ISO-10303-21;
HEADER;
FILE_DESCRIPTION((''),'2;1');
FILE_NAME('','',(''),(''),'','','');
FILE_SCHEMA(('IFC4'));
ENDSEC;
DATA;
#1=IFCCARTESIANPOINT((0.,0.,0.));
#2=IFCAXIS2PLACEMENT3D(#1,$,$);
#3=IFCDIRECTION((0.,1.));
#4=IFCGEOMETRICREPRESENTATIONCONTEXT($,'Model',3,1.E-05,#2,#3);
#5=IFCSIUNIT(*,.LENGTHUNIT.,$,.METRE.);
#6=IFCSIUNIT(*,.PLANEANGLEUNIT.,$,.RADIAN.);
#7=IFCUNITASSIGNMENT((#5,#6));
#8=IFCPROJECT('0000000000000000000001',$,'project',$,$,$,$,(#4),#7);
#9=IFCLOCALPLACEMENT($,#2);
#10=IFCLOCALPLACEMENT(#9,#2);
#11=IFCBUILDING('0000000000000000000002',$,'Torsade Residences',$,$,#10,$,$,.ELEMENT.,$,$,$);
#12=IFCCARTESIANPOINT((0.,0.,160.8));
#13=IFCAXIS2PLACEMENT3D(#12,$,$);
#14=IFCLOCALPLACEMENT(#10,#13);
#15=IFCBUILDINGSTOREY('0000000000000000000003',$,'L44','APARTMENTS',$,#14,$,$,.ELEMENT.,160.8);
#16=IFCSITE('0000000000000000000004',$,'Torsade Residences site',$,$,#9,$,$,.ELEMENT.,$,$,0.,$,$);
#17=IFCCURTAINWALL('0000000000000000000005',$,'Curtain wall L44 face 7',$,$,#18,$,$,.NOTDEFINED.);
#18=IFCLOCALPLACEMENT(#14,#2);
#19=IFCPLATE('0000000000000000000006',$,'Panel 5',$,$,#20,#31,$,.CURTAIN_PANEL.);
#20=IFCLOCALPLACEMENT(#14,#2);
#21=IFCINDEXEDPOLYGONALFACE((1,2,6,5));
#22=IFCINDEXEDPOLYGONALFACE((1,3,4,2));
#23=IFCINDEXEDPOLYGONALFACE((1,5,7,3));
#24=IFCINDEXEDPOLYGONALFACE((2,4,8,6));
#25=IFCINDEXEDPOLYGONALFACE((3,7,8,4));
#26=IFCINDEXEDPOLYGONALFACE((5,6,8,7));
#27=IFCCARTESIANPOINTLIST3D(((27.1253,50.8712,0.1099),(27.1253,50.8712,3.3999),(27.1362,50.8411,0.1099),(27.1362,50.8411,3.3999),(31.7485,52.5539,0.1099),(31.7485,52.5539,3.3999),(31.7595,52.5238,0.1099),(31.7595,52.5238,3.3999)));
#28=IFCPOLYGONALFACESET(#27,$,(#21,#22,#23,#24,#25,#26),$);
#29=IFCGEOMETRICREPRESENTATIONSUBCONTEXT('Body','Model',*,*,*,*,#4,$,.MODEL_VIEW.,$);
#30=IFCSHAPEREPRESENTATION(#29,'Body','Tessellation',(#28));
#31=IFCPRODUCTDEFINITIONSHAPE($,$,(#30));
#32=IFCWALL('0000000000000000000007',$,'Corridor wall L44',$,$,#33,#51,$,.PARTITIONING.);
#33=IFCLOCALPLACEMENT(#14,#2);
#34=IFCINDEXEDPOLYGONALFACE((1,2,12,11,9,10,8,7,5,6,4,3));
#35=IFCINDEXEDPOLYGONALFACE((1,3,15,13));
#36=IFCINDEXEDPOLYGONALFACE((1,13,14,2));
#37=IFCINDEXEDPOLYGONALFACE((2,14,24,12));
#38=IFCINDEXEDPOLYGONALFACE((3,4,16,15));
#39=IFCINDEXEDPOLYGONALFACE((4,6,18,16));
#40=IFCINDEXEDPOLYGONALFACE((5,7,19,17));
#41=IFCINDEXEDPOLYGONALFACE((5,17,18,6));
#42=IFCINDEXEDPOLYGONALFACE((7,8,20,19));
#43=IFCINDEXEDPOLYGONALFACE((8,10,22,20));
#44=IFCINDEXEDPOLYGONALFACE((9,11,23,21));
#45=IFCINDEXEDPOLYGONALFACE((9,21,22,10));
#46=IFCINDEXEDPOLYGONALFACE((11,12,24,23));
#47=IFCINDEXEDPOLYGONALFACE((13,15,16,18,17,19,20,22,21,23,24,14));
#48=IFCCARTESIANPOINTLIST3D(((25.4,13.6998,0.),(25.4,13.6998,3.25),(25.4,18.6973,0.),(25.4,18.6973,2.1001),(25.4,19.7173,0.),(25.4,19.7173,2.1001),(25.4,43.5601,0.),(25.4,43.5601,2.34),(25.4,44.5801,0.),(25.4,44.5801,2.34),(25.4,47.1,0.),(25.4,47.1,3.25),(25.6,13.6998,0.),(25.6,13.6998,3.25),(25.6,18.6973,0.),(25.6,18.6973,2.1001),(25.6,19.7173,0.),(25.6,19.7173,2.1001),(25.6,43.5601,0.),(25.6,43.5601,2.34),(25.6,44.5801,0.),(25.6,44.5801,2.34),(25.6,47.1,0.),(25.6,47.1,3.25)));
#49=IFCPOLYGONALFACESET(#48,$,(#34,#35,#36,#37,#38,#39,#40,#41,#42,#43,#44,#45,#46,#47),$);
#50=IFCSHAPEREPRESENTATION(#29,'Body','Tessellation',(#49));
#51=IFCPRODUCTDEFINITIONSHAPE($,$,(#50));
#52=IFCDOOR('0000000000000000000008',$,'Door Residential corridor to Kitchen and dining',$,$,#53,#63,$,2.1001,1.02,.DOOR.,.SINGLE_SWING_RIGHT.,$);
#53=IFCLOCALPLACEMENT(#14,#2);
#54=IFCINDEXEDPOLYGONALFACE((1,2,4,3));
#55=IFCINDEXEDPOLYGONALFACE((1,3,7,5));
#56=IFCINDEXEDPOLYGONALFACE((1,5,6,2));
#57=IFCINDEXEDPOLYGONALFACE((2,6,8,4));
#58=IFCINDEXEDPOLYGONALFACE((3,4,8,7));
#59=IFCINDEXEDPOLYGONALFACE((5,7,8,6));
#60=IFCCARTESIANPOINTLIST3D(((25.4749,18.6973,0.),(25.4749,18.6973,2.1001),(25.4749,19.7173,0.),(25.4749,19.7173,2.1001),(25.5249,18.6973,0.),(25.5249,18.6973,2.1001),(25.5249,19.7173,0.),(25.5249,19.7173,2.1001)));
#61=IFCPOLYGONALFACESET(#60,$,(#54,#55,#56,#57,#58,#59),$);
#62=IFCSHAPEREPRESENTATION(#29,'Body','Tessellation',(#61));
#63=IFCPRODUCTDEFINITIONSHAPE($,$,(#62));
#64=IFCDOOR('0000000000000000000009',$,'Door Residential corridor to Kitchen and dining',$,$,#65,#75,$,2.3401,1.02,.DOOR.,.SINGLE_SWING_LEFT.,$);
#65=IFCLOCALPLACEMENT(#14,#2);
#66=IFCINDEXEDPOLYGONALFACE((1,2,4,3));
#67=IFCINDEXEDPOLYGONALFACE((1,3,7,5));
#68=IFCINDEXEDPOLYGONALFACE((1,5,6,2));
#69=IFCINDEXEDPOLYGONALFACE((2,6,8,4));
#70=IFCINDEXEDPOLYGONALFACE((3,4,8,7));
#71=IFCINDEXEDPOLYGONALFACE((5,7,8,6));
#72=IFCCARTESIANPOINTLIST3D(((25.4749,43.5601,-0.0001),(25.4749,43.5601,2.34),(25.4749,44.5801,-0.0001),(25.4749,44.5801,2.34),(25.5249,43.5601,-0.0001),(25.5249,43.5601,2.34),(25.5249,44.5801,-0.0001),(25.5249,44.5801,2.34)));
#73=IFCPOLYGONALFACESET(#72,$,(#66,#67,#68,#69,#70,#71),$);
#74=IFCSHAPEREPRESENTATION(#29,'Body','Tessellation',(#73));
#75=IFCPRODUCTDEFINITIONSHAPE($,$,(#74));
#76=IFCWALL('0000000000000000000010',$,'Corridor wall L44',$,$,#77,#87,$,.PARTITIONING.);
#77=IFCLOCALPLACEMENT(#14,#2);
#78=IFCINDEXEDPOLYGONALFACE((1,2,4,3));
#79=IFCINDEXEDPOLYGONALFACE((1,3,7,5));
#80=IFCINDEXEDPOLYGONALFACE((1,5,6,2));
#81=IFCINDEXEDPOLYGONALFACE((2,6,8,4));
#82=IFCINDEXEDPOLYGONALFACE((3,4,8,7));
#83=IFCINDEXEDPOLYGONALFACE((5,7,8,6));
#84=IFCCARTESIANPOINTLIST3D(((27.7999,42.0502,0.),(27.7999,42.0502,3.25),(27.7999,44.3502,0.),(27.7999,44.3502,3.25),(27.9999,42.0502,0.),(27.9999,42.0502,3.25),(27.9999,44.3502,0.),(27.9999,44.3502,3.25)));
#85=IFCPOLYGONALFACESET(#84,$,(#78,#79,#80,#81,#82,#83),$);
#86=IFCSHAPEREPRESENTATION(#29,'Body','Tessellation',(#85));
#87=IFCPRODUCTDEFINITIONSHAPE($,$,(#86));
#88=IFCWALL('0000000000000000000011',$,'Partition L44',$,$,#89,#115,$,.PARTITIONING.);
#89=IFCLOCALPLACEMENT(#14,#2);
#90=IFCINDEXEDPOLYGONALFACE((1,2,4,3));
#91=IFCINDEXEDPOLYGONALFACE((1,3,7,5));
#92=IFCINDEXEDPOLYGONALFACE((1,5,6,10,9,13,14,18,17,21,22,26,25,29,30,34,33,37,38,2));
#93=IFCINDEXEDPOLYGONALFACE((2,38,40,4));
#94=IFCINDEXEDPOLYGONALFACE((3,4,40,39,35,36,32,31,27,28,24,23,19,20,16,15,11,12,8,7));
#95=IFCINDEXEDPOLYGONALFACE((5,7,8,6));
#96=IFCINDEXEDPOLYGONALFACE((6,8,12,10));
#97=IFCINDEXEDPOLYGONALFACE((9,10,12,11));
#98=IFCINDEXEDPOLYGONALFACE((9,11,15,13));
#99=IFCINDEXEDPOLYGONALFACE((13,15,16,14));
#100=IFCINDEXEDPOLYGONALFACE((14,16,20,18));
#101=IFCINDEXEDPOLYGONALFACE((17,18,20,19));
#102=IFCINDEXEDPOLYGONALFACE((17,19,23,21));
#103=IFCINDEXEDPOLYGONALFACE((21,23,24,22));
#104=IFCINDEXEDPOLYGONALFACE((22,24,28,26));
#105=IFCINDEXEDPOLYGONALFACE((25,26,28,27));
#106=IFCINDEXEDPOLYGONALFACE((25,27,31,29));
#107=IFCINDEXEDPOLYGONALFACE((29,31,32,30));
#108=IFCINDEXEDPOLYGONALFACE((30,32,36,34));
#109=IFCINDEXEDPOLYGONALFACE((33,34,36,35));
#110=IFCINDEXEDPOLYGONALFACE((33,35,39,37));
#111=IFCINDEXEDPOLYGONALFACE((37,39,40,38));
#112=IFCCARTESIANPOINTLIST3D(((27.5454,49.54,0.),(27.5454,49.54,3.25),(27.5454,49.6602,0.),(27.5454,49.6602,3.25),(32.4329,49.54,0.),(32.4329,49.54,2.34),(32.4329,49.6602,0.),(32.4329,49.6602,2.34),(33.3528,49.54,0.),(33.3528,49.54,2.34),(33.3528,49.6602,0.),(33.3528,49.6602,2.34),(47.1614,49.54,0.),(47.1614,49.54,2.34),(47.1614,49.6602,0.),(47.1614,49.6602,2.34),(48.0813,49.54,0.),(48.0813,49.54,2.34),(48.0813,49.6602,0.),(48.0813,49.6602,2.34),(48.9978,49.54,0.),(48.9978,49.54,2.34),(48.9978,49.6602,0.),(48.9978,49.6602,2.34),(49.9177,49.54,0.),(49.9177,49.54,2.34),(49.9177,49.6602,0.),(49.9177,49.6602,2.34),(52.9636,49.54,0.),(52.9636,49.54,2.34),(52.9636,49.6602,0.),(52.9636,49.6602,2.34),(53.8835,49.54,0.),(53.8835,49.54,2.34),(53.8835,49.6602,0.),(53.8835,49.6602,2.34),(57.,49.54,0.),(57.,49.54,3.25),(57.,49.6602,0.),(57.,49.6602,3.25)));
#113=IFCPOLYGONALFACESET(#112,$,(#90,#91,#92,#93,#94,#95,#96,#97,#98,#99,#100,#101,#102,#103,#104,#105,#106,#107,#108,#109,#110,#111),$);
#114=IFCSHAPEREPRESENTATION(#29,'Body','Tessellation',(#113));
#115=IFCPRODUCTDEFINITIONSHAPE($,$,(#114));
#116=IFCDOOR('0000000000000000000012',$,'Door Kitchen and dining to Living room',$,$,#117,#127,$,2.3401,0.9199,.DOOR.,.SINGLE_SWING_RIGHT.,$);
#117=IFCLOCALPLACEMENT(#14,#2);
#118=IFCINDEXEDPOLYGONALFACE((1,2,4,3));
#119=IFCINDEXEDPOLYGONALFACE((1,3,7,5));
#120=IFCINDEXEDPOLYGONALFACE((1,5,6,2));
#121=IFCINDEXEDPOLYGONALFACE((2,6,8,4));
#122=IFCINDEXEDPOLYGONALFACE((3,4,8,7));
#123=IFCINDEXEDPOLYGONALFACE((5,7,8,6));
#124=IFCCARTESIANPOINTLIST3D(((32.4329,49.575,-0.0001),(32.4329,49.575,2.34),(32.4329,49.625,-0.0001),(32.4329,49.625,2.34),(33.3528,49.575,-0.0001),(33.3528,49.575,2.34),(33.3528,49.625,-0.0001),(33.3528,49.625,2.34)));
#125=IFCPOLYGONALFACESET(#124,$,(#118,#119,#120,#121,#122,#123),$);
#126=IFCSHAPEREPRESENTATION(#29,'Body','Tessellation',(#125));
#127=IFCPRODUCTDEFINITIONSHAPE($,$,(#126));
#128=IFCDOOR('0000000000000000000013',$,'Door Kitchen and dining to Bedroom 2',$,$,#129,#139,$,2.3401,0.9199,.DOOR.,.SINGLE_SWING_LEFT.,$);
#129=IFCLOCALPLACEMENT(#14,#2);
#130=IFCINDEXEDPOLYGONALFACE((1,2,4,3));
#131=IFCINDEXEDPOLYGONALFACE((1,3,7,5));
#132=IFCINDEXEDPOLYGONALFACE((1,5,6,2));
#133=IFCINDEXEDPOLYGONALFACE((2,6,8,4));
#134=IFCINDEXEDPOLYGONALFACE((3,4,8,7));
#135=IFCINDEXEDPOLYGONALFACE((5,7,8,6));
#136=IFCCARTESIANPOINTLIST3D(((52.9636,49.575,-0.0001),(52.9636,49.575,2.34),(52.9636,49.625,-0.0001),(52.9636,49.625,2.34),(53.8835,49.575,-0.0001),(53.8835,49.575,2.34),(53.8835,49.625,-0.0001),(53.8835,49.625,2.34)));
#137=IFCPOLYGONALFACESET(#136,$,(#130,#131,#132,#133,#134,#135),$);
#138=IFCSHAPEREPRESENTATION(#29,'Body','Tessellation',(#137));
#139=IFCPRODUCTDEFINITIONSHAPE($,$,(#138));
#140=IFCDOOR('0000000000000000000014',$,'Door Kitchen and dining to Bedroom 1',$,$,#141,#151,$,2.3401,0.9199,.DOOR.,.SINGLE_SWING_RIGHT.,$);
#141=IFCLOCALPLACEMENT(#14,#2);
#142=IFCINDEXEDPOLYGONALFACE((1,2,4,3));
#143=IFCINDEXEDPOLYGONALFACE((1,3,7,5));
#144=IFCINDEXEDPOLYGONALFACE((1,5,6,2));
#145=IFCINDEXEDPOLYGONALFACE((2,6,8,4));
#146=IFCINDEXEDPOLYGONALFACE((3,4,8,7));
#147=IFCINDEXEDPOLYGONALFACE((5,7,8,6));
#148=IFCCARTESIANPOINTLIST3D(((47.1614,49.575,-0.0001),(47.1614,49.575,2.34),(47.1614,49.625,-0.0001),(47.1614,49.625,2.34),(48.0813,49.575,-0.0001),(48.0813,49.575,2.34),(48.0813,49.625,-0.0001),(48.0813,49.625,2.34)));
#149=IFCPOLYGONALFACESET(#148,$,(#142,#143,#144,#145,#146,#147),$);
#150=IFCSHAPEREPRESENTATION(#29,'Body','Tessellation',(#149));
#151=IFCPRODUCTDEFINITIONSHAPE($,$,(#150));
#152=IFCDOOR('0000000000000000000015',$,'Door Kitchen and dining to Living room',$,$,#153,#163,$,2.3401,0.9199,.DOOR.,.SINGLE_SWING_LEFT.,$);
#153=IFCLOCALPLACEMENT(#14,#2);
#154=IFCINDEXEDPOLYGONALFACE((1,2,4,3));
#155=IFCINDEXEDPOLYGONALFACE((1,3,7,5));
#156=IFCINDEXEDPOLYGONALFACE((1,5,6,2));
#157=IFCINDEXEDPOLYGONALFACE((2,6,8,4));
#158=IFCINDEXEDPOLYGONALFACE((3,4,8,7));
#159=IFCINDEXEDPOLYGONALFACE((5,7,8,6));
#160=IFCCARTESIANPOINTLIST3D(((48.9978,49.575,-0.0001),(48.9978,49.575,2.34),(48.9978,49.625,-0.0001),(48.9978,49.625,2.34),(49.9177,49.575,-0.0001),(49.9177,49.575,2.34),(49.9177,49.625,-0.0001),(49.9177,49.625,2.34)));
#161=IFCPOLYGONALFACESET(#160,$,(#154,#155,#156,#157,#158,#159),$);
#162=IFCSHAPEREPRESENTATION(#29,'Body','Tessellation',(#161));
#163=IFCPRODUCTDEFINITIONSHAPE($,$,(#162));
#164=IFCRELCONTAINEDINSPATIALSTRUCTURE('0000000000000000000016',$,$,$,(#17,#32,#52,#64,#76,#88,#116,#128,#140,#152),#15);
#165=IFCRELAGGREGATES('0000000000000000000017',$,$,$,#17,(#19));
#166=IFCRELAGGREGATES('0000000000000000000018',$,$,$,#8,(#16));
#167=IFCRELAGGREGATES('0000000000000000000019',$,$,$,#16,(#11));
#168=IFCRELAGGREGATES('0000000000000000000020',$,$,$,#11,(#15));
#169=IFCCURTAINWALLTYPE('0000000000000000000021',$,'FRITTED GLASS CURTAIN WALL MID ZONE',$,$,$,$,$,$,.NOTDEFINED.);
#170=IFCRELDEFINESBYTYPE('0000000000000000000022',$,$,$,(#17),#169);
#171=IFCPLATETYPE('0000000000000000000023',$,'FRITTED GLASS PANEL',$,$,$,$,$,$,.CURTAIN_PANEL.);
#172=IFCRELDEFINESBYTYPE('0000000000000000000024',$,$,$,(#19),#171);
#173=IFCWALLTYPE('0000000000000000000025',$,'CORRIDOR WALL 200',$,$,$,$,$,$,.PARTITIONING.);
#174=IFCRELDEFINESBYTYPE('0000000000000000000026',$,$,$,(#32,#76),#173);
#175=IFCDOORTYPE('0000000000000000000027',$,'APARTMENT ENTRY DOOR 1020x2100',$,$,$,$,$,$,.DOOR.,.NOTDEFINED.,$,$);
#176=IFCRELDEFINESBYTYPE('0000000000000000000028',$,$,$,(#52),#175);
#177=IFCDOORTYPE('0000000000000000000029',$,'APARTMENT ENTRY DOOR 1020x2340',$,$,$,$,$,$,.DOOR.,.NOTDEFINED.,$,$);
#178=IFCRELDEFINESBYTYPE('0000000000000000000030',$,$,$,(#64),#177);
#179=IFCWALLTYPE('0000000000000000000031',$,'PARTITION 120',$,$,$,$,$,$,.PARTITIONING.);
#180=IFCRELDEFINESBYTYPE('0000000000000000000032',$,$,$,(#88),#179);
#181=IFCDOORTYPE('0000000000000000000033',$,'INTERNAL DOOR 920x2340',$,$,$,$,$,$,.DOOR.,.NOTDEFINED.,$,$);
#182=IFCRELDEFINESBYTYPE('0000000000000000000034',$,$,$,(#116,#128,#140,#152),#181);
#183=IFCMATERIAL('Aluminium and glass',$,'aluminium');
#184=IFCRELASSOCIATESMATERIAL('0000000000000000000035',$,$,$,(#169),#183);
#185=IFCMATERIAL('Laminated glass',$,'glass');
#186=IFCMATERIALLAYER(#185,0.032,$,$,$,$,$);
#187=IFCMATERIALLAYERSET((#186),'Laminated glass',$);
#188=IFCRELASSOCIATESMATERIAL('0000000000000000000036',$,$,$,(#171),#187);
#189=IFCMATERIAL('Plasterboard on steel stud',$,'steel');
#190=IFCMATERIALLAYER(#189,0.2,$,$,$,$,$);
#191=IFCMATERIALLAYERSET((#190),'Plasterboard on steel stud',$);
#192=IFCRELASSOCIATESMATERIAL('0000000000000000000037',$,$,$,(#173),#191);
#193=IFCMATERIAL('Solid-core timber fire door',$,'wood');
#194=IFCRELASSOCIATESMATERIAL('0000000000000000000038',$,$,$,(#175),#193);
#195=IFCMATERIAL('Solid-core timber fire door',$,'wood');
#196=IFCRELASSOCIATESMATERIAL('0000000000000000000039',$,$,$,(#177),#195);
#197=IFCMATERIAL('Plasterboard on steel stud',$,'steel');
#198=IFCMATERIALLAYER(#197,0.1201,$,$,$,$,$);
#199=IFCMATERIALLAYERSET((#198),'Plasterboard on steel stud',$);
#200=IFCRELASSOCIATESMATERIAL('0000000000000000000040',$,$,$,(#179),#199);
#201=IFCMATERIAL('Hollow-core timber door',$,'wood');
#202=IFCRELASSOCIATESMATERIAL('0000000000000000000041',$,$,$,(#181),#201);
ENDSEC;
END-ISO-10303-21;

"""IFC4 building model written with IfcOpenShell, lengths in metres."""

from ifc_helpers import new_model, si_unit, direction, frame, frame_2d, origin, origin_2d, place, context, subcontext, project, spatial, rectangle, extrude, material, layer, layer_set, type_object, element, fill, aggregate, save


model = new_model("IFC4")

# Units and contexts
model_context = context("Model", 3, precision=1e-05, world=origin(), true_north=direction((0.0, 1.0)))
body_context = subcontext(model_context, "Body", "Model", "MODEL_VIEW")
ifc_project = project(units=[si_unit("LENGTHUNIT", "METRE"), si_unit("PLANEANGLEUNIT", "RADIAN")], contexts=[model_context])

# Site, building, storey
site_placement = place(None, origin())
site = spatial("IfcSite", under=ifc_project, at=site_placement, Name="Torsade Residences site", CompositionType="ELEMENT", RefElevation=0.0)
building_placement = place(site_placement, origin())
building = spatial("IfcBuilding", under=site, at=building_placement, Name="Torsade Residences", CompositionType="ELEMENT")
storey_placement = place(building_placement, frame((0.0, 0.0, 160.8)))
storey = spatial("IfcBuildingStorey", under=building, at=storey_placement, Name="L44", Description="APARTMENTS", CompositionType="ELEMENT", Elevation=160.8)

# Curtain wall
ifc_material_1 = material(Name="Aluminium and glass", Category="aluminium")
curtain_wall_type = type_object("IfcCurtainWallType", Name="FRITTED GLASS CURTAIN WALL MID ZONE", PredefinedType="NOTDEFINED", material=ifc_material_1)
curtain_wall_placement = place(storey_placement, origin())
curtain_wall = element("IfcCurtainWall", 1, at=curtain_wall_placement, inside=storey, type_object=curtain_wall_type, Name="Curtain wall L44 face 7", PredefinedType="NOTDEFINED")

# Plate
ifc_material_2 = material(Name="Laminated glass", Category="glass")
ifc_layer_1 = layer(ifc_material_2, 0.032)
ifc_layer_set_1 = layer_set([ifc_layer_1], Name="Laminated glass")
plate_type = type_object("IfcPlateType", Name="FRITTED GLASS PANEL", PredefinedType="CURTAIN_PANEL", material=ifc_layer_set_1)
plate_placement = place(storey_placement, frame((29.4424, 51.6975, 0.1099), z_axis=(0.0, 0.0, 1.0), x_axis=(-0.939693, -0.34202, 0.0)))
plate = element("IfcPlate", 2, at=plate_placement, type_object=plate_type, Name="Panel 5", PredefinedType="CURTAIN_PANEL", context=body_context, shape_type="SweptSolid", body=[
    extrude(rectangle(XDim=4.9199, YDim=0.032, at=origin_2d()), origin(), (0.0, 0.0, 1.0), 3.29),
])
aggregate(curtain_wall, [plate])

# Wall, openings, doors
ifc_material_3 = material(Name="Plasterboard on steel stud", Category="steel")
ifc_layer_2 = layer(ifc_material_3, 0.2)
ifc_layer_set_2 = layer_set([ifc_layer_2], Name="Plasterboard on steel stud")
wall_type_1 = type_object("IfcWallType", Name="CORRIDOR WALL 200", PredefinedType="PARTITIONING", material=ifc_layer_set_2)
wall_1_placement = place(storey_placement, frame((25.5, 47.1001, 0.0), z_axis=(0.0, 0.0, 1.0), x_axis=(0.0, -1.0, 0.0)))
wall_1 = element("IfcWall", 3, at=wall_1_placement, inside=storey, type_object=wall_type_1, Name="Corridor wall L44", PredefinedType="PARTITIONING", context=body_context, shape_type="SweptSolid", body=[
    extrude(rectangle(XDim=33.4001, YDim=0.2, at=frame_2d((16.7002, 0.0))), origin(), (0.0, 0.0, 1.0), 3.25),
])
opening_1_placement = place(wall_1_placement, frame((2.52, 0.0, 0.0)))
opening_1 = element("IfcOpeningElement", 4, at=opening_1_placement, cuts=wall_1, PredefinedType="OPENING", context=body_context, shape_type="SweptSolid", body=[
    extrude(rectangle(XDim=1.02, YDim=2.3401, at=frame_2d((0.51, 1.1699))), frame((0.0, 0.1099, 0.0), z_axis=(0.0, -1.0, 0.0), x_axis=(1.0, 0.0, 0.0)), (0.0, 0.0, 1.0), 0.22),
])
opening_2_placement = place(wall_1_placement, frame((27.3828, 0.0, 0.0)))
opening_2 = element("IfcOpeningElement", 5, at=opening_2_placement, cuts=wall_1, PredefinedType="OPENING", context=body_context, shape_type="SweptSolid", body=[
    extrude(rectangle(XDim=1.02, YDim=2.1001, at=frame_2d((0.51, 1.05))), frame((0.0, 0.1099, 0.0), z_axis=(0.0, -1.0, 0.0), x_axis=(1.0, 0.0, 0.0)), (0.0, 0.0, 1.0), 0.22),
])
ifc_material_4 = material(Name="Solid-core timber fire door", Category="wood")
door_type_1 = type_object("IfcDoorType", Name="APARTMENT ENTRY DOOR 1020x2100", OperationType="NOTDEFINED", PredefinedType="DOOR", material=ifc_material_4)
door_1_placement = place(opening_2_placement, origin())
door_1 = element("IfcDoor", 6, at=door_1_placement, inside=storey, type_object=door_type_1, Name="Door Residential corridor to Kitchen and dining", OperationType="SINGLE_SWING_RIGHT", OverallHeight=2.1001, OverallWidth=1.02, PredefinedType="DOOR", context=body_context, shape_type="SweptSolid", body=[
    extrude(rectangle(XDim=1.02, YDim=2.1001, at=frame_2d((0.51, 1.05))), frame((0.0, 0.0249, 0.0), z_axis=(0.0, -1.0, 0.0), x_axis=(1.0, 0.0, 0.0)), (0.0, 0.0, 1.0), 0.05),
])
fill(opening_2, door_1)
ifc_material_5 = material(Name="Solid-core timber fire door", Category="wood")
door_type_2 = type_object("IfcDoorType", Name="APARTMENT ENTRY DOOR 1020x2340", OperationType="NOTDEFINED", PredefinedType="DOOR", material=ifc_material_5)
door_2_placement = place(opening_1_placement, origin())
door_2 = element("IfcDoor", 7, at=door_2_placement, inside=storey, type_object=door_type_2, Name="Door Residential corridor to Kitchen and dining", OperationType="SINGLE_SWING_LEFT", OverallHeight=2.3401, OverallWidth=1.02, PredefinedType="DOOR", context=body_context, shape_type="SweptSolid", body=[
    extrude(rectangle(XDim=1.02, YDim=2.3401, at=frame_2d((0.51, 1.1699))), frame((0.0, 0.0249, 0.0), z_axis=(0.0, -1.0, 0.0), x_axis=(1.0, 0.0, 0.0)), (0.0, 0.0, 1.0), 0.05),
])
fill(opening_1, door_2)

# Wall
wall_2_placement = place(storey_placement, frame((27.8999, 44.3501, 0.0), z_axis=(0.0, 0.0, 1.0), x_axis=(0.0, -1.0, 0.0)))
element("IfcWall", 8, at=wall_2_placement, inside=storey, type_object=wall_type_1, Name="Corridor wall L44", PredefinedType="PARTITIONING", context=body_context, shape_type="SweptSolid", body=[
    extrude(rectangle(XDim=2.3, YDim=0.2, at=frame_2d((1.1499, 0.0))), origin(), (0.0, 0.0, 1.0), 3.25),
])

# Wall, openings, doors
ifc_material_6 = material(Name="Plasterboard on steel stud", Category="steel")
ifc_layer_3 = layer(ifc_material_6, 0.1201)
ifc_layer_set_3 = layer_set([ifc_layer_3], Name="Plasterboard on steel stud")
wall_type_2 = type_object("IfcWallType", Name="PARTITION 120", PredefinedType="PARTITIONING", material=ifc_layer_set_3)
wall_3_placement = place(storey_placement, frame((27.5454, 49.6001, 0.0), z_axis=(0.0, 0.0, 1.0), x_axis=(1.0, 0.0, 0.0)))
wall_3 = element("IfcWall", 9, at=wall_3_placement, inside=storey, type_object=wall_type_2, Name="Partition L44", PredefinedType="PARTITIONING", context=body_context, shape_type="SweptSolid", body=[
    extrude(rectangle(XDim=29.4546, YDim=0.1201, at=frame_2d((14.7273, 0.0))), origin(), (0.0, 0.0, 1.0), 3.25),
])
opening_3_placement = place(wall_3_placement, frame((4.8875, 0.0, 0.0)))
opening_3 = element("IfcOpeningElement", 10, at=opening_3_placement, cuts=wall_3, PredefinedType="OPENING", context=body_context, shape_type="SweptSolid", body=[
    extrude(rectangle(XDim=0.9199, YDim=2.3401, at=frame_2d((0.46, 1.1699))), frame((0.0, 0.0701, 0.0), z_axis=(0.0, -1.0, 0.0), x_axis=(1.0, 0.0, 0.0)), (0.0, 0.0, 1.0), 0.1401),
])
opening_4_placement = place(wall_3_placement, frame((25.4182, 0.0, 0.0)))
opening_4 = element("IfcOpeningElement", 11, at=opening_4_placement, cuts=wall_3, PredefinedType="OPENING", context=body_context, shape_type="SweptSolid", body=[
    extrude(rectangle(XDim=0.9199, YDim=2.3401, at=frame_2d((0.46, 1.1699))), frame((0.0, 0.0701, 0.0), z_axis=(0.0, -1.0, 0.0), x_axis=(1.0, 0.0, 0.0)), (0.0, 0.0, 1.0), 0.1401),
])
opening_5_placement = place(wall_3_placement, frame((19.616, 0.0, 0.0)))
opening_5 = element("IfcOpeningElement", 12, at=opening_5_placement, cuts=wall_3, PredefinedType="OPENING", context=body_context, shape_type="SweptSolid", body=[
    extrude(rectangle(XDim=0.9199, YDim=2.3401, at=frame_2d((0.46, 1.1699))), frame((0.0, 0.0701, 0.0), z_axis=(0.0, -1.0, 0.0), x_axis=(1.0, 0.0, 0.0)), (0.0, 0.0, 1.0), 0.1401),
])
opening_6_placement = place(wall_3_placement, frame((21.4524, 0.0, 0.0)))
opening_6 = element("IfcOpeningElement", 13, at=opening_6_placement, cuts=wall_3, PredefinedType="OPENING", context=body_context, shape_type="SweptSolid", body=[
    extrude(rectangle(XDim=0.9199, YDim=2.3401, at=frame_2d((0.46, 1.1699))), frame((0.0, 0.0701, 0.0), z_axis=(0.0, -1.0, 0.0), x_axis=(1.0, 0.0, 0.0)), (0.0, 0.0, 1.0), 0.1401),
])
ifc_material_7 = material(Name="Hollow-core timber door", Category="wood")
door_type_3 = type_object("IfcDoorType", Name="INTERNAL DOOR 920x2340", OperationType="NOTDEFINED", PredefinedType="DOOR", material=ifc_material_7)
door_3_placement = place(opening_3_placement, origin())
door_3 = element("IfcDoor", 14, at=door_3_placement, inside=storey, type_object=door_type_3, Name="Door Kitchen and dining to Living room", OperationType="SINGLE_SWING_RIGHT", OverallHeight=2.3401, OverallWidth=0.9199, PredefinedType="DOOR", context=body_context, shape_type="SweptSolid", body=[
    extrude(rectangle(XDim=0.9199, YDim=2.3401, at=frame_2d((0.46, 1.1699))), frame((0.0, 0.0249, 0.0), z_axis=(0.0, -1.0, 0.0), x_axis=(1.0, 0.0, 0.0)), (0.0, 0.0, 1.0), 0.05),
])
fill(opening_3, door_3)
door_4_placement = place(opening_4_placement, origin())
door_4 = element("IfcDoor", 15, at=door_4_placement, inside=storey, type_object=door_type_3, Name="Door Kitchen and dining to Bedroom 2", OperationType="SINGLE_SWING_LEFT", OverallHeight=2.3401, OverallWidth=0.9199, PredefinedType="DOOR", context=body_context, shape_type="SweptSolid", body=[
    extrude(rectangle(XDim=0.9199, YDim=2.3401, at=frame_2d((0.46, 1.1699))), frame((0.0, 0.0249, 0.0), z_axis=(0.0, -1.0, 0.0), x_axis=(1.0, 0.0, 0.0)), (0.0, 0.0, 1.0), 0.05),
])
fill(opening_4, door_4)
door_5_placement = place(opening_5_placement, origin())
door_5 = element("IfcDoor", 16, at=door_5_placement, inside=storey, type_object=door_type_3, Name="Door Kitchen and dining to Bedroom 1", OperationType="SINGLE_SWING_RIGHT", OverallHeight=2.3401, OverallWidth=0.9199, PredefinedType="DOOR", context=body_context, shape_type="SweptSolid", body=[
    extrude(rectangle(XDim=0.9199, YDim=2.3401, at=frame_2d((0.46, 1.1699))), frame((0.0, 0.0249, 0.0), z_axis=(0.0, -1.0, 0.0), x_axis=(1.0, 0.0, 0.0)), (0.0, 0.0, 1.0), 0.05),
])
fill(opening_5, door_5)
door_6_placement = place(opening_6_placement, origin())
door_6 = element("IfcDoor", 17, at=door_6_placement, inside=storey, type_object=door_type_3, Name="Door Kitchen and dining to Living room", OperationType="SINGLE_SWING_LEFT", OverallHeight=2.3401, OverallWidth=0.9199, PredefinedType="DOOR", context=body_context, shape_type="SweptSolid", body=[
    extrude(rectangle(XDim=0.9199, YDim=2.3401, at=frame_2d((0.46, 1.1699))), frame((0.0, 0.0249, 0.0), z_axis=(0.0, -1.0, 0.0), x_axis=(1.0, 0.0, 0.0)), (0.0, 0.0, 1.0), 0.05),
])
fill(opening_6, door_6)

save(model, "model.ifc")
